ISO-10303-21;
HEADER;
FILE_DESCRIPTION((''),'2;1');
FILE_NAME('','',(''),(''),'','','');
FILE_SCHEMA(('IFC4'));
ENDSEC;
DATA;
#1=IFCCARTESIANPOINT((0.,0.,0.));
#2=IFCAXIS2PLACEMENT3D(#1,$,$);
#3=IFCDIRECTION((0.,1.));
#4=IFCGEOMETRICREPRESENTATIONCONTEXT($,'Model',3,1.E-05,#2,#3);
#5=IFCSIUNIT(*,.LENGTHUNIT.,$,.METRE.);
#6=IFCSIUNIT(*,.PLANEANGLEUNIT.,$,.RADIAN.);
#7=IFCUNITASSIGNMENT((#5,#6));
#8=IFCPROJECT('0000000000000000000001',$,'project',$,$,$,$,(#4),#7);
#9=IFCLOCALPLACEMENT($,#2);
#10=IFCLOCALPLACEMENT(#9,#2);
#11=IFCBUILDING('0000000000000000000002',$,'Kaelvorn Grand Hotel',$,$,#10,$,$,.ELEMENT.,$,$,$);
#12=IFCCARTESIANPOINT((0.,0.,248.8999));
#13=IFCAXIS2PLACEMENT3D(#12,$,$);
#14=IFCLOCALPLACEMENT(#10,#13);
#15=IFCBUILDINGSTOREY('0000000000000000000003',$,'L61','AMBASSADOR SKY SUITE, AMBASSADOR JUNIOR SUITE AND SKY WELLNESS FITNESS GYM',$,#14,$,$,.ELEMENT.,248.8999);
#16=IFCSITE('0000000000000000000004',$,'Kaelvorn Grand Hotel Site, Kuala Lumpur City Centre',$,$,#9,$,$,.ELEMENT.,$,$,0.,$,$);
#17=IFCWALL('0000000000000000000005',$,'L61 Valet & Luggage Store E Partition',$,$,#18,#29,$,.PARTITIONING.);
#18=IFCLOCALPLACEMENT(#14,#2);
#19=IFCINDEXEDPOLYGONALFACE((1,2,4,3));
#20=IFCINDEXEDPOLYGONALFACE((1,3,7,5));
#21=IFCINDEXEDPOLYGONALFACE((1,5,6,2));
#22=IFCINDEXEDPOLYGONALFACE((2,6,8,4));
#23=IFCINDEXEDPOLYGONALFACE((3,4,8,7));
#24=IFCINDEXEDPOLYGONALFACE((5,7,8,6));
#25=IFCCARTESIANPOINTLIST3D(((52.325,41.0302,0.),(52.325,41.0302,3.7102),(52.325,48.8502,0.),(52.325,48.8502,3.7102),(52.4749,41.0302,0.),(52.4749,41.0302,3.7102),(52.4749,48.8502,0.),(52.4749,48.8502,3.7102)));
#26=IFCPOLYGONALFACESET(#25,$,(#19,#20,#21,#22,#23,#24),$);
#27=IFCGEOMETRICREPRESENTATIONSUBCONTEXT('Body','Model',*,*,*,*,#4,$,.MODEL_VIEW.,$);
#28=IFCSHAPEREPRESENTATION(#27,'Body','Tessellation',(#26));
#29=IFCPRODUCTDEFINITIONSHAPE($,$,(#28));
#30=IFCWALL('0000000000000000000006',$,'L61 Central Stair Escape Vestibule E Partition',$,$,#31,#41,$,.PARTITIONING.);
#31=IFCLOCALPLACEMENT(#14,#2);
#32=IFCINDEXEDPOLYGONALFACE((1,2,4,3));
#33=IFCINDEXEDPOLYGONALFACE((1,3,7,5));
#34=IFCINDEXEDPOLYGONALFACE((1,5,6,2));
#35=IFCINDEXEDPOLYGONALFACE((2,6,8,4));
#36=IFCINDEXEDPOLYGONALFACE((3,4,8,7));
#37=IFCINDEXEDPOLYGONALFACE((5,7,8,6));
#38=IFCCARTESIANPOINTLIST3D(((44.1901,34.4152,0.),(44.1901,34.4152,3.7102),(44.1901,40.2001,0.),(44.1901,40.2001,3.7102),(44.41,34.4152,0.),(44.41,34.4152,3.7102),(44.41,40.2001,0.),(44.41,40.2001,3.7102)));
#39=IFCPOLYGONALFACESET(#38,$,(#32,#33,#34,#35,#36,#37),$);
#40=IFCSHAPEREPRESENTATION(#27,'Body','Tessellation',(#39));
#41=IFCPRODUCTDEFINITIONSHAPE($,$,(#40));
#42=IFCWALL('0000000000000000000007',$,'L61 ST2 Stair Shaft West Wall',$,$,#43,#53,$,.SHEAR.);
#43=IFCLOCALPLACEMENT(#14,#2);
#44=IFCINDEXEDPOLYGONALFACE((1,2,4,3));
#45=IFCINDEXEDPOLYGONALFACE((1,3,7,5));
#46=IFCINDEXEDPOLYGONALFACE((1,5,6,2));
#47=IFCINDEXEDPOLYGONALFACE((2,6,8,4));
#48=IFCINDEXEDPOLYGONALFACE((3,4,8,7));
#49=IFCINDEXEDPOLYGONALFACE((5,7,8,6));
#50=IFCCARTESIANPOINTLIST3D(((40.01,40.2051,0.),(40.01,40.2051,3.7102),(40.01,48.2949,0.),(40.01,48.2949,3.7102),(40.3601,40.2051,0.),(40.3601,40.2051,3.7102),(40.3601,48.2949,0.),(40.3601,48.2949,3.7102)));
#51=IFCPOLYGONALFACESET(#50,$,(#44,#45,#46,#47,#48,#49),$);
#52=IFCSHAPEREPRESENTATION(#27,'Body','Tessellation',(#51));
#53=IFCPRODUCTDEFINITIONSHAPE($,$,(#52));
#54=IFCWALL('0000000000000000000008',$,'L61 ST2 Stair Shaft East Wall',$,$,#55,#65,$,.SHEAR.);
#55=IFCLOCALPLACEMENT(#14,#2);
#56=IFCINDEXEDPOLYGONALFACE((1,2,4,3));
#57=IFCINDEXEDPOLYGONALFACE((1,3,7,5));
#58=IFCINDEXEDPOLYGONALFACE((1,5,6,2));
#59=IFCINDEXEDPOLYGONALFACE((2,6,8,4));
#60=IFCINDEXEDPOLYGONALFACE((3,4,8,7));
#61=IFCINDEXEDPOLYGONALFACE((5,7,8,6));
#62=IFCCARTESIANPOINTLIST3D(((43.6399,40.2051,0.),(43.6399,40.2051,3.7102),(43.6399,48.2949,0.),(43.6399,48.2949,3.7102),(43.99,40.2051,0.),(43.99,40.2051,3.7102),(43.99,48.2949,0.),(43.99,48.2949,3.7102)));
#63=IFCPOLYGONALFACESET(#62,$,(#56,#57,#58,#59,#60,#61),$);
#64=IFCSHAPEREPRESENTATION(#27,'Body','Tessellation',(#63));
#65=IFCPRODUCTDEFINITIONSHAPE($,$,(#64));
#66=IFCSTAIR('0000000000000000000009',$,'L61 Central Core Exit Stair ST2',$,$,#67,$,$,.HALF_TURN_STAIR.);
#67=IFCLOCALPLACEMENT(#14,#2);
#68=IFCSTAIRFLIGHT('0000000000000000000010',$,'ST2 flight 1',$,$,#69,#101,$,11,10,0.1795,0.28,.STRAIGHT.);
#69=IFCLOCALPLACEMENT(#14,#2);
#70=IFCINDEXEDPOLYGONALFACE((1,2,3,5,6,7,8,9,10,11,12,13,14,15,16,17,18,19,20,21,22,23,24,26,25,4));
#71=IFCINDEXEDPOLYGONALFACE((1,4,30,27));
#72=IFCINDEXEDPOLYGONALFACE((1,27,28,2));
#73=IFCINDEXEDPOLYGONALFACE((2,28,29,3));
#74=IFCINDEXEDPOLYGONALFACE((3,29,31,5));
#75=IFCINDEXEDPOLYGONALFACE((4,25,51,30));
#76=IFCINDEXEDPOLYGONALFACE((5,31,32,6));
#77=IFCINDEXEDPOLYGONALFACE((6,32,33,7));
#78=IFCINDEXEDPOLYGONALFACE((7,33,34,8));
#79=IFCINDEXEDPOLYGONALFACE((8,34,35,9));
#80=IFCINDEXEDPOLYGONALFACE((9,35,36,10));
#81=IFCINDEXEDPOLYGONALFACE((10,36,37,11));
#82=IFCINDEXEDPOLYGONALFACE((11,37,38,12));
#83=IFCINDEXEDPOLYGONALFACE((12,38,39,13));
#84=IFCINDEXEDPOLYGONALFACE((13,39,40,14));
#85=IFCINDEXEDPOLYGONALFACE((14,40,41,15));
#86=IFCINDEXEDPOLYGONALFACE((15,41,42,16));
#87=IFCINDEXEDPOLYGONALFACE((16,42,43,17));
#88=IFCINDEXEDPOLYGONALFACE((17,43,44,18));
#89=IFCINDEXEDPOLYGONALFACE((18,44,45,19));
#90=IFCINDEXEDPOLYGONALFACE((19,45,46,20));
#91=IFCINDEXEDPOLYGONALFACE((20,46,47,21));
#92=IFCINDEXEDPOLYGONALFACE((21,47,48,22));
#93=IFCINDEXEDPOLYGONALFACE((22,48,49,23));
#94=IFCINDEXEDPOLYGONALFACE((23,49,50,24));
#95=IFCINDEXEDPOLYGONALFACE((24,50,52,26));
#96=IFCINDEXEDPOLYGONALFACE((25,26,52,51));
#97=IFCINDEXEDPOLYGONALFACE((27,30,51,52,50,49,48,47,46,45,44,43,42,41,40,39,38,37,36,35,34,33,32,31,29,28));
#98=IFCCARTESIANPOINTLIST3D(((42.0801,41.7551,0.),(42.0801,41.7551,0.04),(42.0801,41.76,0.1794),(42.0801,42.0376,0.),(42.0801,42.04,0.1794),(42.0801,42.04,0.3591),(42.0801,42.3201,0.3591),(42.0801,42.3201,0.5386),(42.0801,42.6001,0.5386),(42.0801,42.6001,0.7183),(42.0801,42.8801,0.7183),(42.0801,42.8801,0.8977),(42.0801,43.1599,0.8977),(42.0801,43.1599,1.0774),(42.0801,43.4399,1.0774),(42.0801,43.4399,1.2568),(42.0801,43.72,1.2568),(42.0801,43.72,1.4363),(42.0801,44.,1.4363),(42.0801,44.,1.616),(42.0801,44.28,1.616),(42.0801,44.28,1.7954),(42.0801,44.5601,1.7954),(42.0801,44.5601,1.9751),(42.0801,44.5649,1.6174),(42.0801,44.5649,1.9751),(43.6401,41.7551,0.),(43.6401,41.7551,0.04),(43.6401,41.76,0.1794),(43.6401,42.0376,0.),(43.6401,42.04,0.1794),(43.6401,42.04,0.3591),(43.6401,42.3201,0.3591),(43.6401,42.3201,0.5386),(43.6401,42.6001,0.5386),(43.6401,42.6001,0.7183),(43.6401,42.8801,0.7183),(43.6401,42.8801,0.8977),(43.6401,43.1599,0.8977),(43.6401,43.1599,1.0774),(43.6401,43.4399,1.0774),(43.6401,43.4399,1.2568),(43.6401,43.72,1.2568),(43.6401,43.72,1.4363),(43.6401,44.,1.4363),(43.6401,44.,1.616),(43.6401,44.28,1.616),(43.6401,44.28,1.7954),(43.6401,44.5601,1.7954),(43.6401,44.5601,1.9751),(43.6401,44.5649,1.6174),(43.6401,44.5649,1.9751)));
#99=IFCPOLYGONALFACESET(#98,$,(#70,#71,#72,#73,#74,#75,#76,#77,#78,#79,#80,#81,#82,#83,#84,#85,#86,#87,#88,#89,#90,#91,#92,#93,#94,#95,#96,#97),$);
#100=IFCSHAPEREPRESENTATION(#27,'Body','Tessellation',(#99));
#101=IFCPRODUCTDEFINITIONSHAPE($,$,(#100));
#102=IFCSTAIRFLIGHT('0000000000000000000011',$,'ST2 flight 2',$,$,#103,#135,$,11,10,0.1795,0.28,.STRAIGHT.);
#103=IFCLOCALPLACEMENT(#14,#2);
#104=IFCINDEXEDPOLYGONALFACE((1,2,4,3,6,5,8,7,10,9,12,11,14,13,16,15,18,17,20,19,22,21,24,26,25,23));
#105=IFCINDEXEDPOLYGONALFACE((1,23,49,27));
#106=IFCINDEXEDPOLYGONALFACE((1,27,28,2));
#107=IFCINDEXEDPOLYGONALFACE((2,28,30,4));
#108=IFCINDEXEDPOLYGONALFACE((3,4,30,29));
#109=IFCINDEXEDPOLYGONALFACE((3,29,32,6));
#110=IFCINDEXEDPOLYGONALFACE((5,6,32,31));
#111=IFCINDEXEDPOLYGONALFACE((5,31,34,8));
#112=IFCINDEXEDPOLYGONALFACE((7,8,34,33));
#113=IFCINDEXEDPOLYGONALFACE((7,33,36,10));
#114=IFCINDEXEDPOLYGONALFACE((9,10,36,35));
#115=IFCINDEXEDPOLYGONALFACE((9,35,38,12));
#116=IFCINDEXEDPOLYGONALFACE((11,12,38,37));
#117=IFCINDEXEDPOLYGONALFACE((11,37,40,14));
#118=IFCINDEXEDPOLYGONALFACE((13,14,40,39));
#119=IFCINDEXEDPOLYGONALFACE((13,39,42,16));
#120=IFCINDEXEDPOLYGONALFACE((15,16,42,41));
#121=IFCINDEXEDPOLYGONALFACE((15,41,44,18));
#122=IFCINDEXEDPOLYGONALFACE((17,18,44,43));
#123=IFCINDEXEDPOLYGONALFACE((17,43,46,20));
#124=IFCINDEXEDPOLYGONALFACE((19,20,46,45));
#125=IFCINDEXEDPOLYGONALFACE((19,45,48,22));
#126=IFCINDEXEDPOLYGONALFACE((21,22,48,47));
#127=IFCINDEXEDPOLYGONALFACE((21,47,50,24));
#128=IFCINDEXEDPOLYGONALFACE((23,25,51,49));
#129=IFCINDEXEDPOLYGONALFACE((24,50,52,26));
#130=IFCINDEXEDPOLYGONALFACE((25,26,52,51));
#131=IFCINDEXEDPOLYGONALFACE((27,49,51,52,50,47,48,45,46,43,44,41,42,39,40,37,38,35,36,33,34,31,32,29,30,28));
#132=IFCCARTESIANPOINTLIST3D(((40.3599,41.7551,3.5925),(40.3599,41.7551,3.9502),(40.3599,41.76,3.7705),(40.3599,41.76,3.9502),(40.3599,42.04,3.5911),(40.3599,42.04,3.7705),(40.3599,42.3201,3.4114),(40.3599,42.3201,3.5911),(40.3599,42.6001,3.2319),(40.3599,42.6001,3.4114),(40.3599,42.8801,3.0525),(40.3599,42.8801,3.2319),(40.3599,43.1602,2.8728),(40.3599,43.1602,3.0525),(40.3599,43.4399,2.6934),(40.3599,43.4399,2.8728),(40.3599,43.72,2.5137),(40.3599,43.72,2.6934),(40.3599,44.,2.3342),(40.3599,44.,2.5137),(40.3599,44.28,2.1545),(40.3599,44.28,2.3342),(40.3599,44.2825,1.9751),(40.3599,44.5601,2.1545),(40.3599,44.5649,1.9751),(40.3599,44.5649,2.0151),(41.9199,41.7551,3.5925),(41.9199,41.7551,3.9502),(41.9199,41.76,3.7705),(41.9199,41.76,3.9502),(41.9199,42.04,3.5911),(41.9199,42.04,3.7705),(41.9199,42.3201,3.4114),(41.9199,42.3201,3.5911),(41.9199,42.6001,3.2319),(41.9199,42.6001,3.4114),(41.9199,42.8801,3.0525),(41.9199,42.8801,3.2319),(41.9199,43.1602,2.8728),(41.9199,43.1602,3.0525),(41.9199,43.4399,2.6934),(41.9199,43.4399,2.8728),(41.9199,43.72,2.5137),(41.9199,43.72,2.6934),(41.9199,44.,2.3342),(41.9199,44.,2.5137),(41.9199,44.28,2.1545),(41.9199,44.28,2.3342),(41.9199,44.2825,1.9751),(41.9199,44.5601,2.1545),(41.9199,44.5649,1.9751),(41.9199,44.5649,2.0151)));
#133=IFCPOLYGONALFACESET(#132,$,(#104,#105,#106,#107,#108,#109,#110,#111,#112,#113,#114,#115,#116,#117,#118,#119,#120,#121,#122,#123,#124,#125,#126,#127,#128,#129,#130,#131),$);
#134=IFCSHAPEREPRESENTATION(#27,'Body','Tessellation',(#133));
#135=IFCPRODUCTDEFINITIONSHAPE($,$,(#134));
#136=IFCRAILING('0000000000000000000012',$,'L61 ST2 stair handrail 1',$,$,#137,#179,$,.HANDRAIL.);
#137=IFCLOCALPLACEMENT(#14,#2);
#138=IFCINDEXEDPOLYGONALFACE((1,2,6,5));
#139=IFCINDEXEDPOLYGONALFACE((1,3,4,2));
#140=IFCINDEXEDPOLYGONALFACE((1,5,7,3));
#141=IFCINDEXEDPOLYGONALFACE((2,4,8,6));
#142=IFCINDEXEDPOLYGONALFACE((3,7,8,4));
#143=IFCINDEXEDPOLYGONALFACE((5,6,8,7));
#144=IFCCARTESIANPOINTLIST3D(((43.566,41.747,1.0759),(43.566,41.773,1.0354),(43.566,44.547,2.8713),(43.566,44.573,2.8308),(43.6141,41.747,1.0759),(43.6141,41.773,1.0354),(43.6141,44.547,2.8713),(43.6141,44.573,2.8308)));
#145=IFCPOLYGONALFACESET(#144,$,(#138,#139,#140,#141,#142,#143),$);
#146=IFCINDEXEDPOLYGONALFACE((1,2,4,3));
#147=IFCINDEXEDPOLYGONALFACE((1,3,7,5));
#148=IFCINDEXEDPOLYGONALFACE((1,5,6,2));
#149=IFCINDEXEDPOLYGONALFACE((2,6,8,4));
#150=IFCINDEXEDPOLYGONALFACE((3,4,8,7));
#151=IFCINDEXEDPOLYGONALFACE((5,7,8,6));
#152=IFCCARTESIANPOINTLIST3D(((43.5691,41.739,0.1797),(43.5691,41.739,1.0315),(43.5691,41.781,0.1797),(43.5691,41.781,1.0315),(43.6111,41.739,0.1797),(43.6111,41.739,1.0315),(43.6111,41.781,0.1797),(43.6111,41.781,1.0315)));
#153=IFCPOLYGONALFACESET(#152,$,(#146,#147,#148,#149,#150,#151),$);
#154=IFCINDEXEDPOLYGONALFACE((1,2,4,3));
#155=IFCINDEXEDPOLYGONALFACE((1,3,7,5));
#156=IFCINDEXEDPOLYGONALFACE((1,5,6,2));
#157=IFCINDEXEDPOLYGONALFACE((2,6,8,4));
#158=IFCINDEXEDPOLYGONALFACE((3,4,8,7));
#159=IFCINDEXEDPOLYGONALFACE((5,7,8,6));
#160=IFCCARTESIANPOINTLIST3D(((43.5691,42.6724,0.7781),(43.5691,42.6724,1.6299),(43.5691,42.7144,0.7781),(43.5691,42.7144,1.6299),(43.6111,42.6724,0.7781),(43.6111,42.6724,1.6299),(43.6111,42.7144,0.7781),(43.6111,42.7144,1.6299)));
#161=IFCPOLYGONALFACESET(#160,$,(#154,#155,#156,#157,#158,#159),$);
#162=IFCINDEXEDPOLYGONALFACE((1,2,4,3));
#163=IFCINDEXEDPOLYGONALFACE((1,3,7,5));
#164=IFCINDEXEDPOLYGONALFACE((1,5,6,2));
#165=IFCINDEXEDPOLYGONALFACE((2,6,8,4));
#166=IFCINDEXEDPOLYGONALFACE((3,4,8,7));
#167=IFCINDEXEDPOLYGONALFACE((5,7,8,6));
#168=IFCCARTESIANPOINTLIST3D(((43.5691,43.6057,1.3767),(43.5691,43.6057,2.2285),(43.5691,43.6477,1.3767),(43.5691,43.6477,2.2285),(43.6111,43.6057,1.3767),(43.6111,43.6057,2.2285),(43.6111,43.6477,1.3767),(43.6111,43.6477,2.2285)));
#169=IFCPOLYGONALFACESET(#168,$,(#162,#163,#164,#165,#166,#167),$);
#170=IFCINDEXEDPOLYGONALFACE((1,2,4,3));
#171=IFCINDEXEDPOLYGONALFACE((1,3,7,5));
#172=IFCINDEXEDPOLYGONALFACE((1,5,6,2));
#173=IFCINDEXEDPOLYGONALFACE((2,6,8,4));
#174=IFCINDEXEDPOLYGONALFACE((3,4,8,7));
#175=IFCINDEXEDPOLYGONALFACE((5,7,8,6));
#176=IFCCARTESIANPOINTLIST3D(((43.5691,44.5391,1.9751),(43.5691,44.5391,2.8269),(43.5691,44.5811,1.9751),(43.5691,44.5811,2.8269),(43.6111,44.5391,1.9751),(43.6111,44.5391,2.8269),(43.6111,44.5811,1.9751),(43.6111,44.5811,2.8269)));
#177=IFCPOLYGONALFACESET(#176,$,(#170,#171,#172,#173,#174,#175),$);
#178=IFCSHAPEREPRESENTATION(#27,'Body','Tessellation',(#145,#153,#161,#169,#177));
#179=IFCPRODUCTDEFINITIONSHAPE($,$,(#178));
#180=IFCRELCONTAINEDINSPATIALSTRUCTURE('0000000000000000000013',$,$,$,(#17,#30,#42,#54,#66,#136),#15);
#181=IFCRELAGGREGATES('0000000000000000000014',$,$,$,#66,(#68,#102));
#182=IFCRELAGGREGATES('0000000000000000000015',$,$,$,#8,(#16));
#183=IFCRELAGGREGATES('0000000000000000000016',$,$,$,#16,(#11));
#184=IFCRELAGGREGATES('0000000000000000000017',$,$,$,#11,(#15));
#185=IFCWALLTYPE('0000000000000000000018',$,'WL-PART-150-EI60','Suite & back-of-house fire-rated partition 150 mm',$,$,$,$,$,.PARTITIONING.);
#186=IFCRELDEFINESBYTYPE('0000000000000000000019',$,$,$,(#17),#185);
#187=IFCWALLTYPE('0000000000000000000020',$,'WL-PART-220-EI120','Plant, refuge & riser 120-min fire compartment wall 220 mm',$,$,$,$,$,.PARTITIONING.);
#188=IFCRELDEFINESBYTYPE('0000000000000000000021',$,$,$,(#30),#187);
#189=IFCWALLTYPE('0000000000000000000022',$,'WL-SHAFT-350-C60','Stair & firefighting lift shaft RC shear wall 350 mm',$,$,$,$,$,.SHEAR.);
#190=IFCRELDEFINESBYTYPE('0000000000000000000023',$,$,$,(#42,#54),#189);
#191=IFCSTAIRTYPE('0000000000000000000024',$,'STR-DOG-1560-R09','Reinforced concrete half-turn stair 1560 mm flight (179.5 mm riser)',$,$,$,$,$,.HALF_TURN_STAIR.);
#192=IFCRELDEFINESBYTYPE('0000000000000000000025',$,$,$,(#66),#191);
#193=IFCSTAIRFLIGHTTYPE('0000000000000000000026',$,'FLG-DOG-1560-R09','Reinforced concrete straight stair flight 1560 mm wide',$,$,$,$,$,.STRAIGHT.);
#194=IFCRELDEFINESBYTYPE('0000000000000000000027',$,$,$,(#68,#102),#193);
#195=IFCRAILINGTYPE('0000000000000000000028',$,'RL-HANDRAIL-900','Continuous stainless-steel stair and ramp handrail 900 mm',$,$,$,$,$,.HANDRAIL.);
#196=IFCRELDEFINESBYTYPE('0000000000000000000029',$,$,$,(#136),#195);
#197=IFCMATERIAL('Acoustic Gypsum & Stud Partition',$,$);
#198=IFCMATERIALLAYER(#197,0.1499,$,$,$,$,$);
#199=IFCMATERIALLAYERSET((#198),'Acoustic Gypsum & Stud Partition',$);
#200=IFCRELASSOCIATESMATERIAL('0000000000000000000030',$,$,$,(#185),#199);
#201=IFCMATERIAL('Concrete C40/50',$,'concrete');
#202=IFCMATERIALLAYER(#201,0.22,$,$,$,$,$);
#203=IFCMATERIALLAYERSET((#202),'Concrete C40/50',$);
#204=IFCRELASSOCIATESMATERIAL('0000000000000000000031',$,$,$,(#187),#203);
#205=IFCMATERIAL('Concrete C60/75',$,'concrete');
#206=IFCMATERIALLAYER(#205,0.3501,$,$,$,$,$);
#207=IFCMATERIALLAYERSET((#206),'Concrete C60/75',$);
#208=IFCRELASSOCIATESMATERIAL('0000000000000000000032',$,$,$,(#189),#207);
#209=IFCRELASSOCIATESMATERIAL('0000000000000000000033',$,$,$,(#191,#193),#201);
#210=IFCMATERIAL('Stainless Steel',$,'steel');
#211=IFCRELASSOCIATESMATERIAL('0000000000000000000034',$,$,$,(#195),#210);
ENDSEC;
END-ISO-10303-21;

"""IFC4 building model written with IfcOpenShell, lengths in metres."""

from ifc_helpers import new_model, si_unit, direction, frame, frame_2d, origin, origin_2d, place, context, subcontext, project, spatial, polyline, rectangle, outline, extrude, material, layer, layer_set, type_object, element, aggregate, save


model = new_model("IFC4")

# Units and contexts
model_context = context("Model", 3, precision=1e-05, world=origin(), true_north=direction((0.0, 1.0)))
body_context = subcontext(model_context, "Body", "Model", "MODEL_VIEW")
ifc_project = project(units=[si_unit("LENGTHUNIT", "METRE"), si_unit("PLANEANGLEUNIT", "RADIAN")], contexts=[model_context])

# Site, building, storey
site_placement = place(None, origin())
site = spatial("IfcSite", under=ifc_project, at=site_placement, Name="Kaelvorn Grand Hotel Site, Kuala Lumpur City Centre", CompositionType="ELEMENT", RefElevation=0.0)
building_placement = place(site_placement, origin())
building = spatial("IfcBuilding", under=site, at=building_placement, Name="Kaelvorn Grand Hotel", CompositionType="ELEMENT")
storey_placement = place(building_placement, frame((0.0, 0.0, 248.8999)))
storey = spatial("IfcBuildingStorey", under=building, at=storey_placement, Name="L61", Description="AMBASSADOR SKY SUITE, AMBASSADOR JUNIOR SUITE AND SKY WELLNESS FITNESS GYM", CompositionType="ELEMENT", Elevation=248.8999)

# Shared definitions
ifc_material_1 = material(Name="Acoustic Gypsum & Stud Partition")
ifc_layer_1 = layer(ifc_material_1, 0.1499)
ifc_layer_set_1 = layer_set([ifc_layer_1], Name="Acoustic Gypsum & Stud Partition")
wall_type_1 = type_object("IfcWallType", Name="WL-PART-150-EI60", Description="Suite & back-of-house fire-rated partition 150 mm", PredefinedType="PARTITIONING", material=ifc_layer_set_1)

# Walls
wall_1_placement = place(storey_placement, frame((52.3999, 41.03, 0.0), z_axis=(0.0, 0.0, 1.0), x_axis=(0.0, 1.0, 0.0)))
element("IfcWall", 1, at=wall_1_placement, inside=storey, type_object=wall_type_1, Name="L61 Valet & Luggage Store E Partition", PredefinedType="PARTITIONING", context=body_context, shape_type="SweptSolid", body=[
    extrude(rectangle(XDim=7.8201, YDim=0.1499, at=frame_2d((3.9102, 0.0))), origin(), (0.0, 0.0, 1.0), 3.7102),
])
ifc_material_2 = material(Name="Concrete C40/50", Category="concrete")
ifc_layer_2 = layer(ifc_material_2, 0.22)
ifc_layer_set_2 = layer_set([ifc_layer_2], Name="Concrete C40/50")
wall_type_2 = type_object("IfcWallType", Name="WL-PART-220-EI120", Description="Plant, refuge & riser 120-min fire compartment wall 220 mm", PredefinedType="PARTITIONING", material=ifc_layer_set_2)
wall_2_placement = place(storey_placement, frame((44.3, 34.415, 0.0), z_axis=(0.0, 0.0, 1.0), x_axis=(0.0, 1.0, 0.0)))
element("IfcWall", 2, at=wall_2_placement, inside=storey, type_object=wall_type_2, Name="L61 Central Stair Escape Vestibule E Partition", PredefinedType="PARTITIONING", context=body_context, shape_type="SweptSolid", body=[
    extrude(rectangle(XDim=5.7849, YDim=0.22, at=frame_2d((2.8926, 0.0))), origin(), (0.0, 0.0, 1.0), 3.7102),
])
ifc_material_3 = material(Name="Concrete C60/75", Category="concrete")
ifc_layer_3 = layer(ifc_material_3, 0.3501)
ifc_layer_set_3 = layer_set([ifc_layer_3], Name="Concrete C60/75")
wall_type_3 = type_object("IfcWallType", Name="WL-SHAFT-350-C60", Description="Stair & firefighting lift shaft RC shear wall 350 mm", PredefinedType="SHEAR", material=ifc_layer_set_3)
for number, where, z_axis, x_axis, name in (
    (3, (40.1851, 40.2051, 0.0), (0.0, 0.0, 1.0), (0.0, 1.0, 0.0), "L61 ST2 Stair Shaft West Wall"),
    (4, (43.8149, 40.2051, 0.0), (0.0, 0.0, 1.0), (0.0, 1.0, 0.0), "L61 ST2 Stair Shaft East Wall"),
):
    element("IfcWall", number, at=place(storey_placement, frame(where, z_axis=z_axis, x_axis=x_axis)), inside=storey, type_object=wall_type_3, Name=name, PredefinedType="SHEAR", context=body_context, shape_type="SweptSolid", body=[
        extrude(rectangle(XDim=8.0898, YDim=0.3501, at=frame_2d((4.0449, 0.0))), origin(), (0.0, 0.0, 1.0), 3.7102),
    ])

# Stair, stair flights
stair_type = type_object("IfcStairType", Name="STR-DOG-1560-R09", Description="Reinforced concrete half-turn stair 1560 mm flight (179.5 mm riser)", PredefinedType="HALF_TURN_STAIR", material=ifc_material_2)
stair_placement = place(storey_placement, origin())
stair = element("IfcStair", 5, at=stair_placement, inside=storey, type_object=stair_type, Name="L61 Central Core Exit Stair ST2", PredefinedType="HALF_TURN_STAIR")
stair_flight_type = type_object("IfcStairFlightType", Name="FLG-DOG-1560-R09", Description="Reinforced concrete straight stair flight 1560 mm wide", PredefinedType="STRAIGHT", material=ifc_material_2)
stair_flight_1_placement = place(storey_placement, frame((42.8601, 41.76, 0.0), z_axis=(0.0, 0.0, 1.0), x_axis=(0.0, 1.0, 0.0)))
stair_flight_1 = element("IfcStairFlight", 6, at=stair_flight_1_placement, type_object=stair_flight_type, Name="ST2 flight 1", NumberOfRisers=11, NumberOfTreads=10, PredefinedType="STRAIGHT", RiserHeight=0.1795, TreadLength=0.28, context=body_context, shape_type="SweptSolid", body=[
    extrude(outline(polyline([(-0.0049, 0.0), (-0.0049, 0.04), (0.0, 0.1794), (0.28, 0.1794), (0.28, 0.3591), (0.5601, 0.3591), (0.5601, 0.5386), (0.8401, 0.5386), (0.8401, 0.7183), (1.1201, 0.7183), (1.1201, 0.8977), (1.3999, 0.8977), (1.3999, 1.0774), (1.6799, 1.0774), (1.6799, 1.2568), (1.96, 1.2568), (1.96, 1.4363), (2.24, 1.4363), (2.24, 1.616), (2.52, 1.616), (2.52, 1.7954), (2.8, 1.7954), (2.8, 1.9751), (2.8049, 1.9751), (2.8049, 1.6174), (0.2776, 0.0), (-0.0049, 0.0)])), frame((0.0, 0.78, 0.0), z_axis=(0.0, -1.0, 0.0), x_axis=(1.0, 0.0, 0.0)), (0.0, 0.0, 1.0), 1.5601),
])
stair_flight_2_placement = place(storey_placement, frame((41.1399, 44.5601, 1.9751), z_axis=(0.0, 0.0, 1.0), x_axis=(0.0, -1.0, 0.0)))
stair_flight_2 = element("IfcStairFlight", 7, at=stair_flight_2_placement, type_object=stair_flight_type, Name="ST2 flight 2", NumberOfRisers=11, NumberOfTreads=10, PredefinedType="STRAIGHT", RiserHeight=0.1795, TreadLength=0.28, context=body_context, shape_type="SweptSolid", body=[
    extrude(outline(polyline([(-0.0049, 0.0), (-0.0049, 0.04), (0.0, 0.1794), (0.28, 0.1794), (0.28, 0.3591), (0.5601, 0.3591), (0.5601, 0.5386), (0.8401, 0.5386), (0.8401, 0.7183), (1.1201, 0.7183), (1.1201, 0.8977), (1.3999, 0.8977), (1.3999, 1.0774), (1.6799, 1.0774), (1.6799, 1.2568), (1.96, 1.2568), (1.96, 1.4363), (2.24, 1.4363), (2.24, 1.616), (2.52, 1.616), (2.52, 1.7954), (2.8, 1.7954), (2.8, 1.9751), (2.8049, 1.9751), (2.8049, 1.6174), (0.2776, 0.0), (-0.0049, 0.0)])), frame((0.0, 0.78, 0.0), z_axis=(0.0, -1.0, 0.0), x_axis=(1.0, 0.0, 0.0)), (0.0, 0.0, 1.0), 1.5601),
])
aggregate(stair, [stair_flight_1, stair_flight_2])

# Railing
ifc_material_4 = material(Name="Stainless Steel", Category="steel")
railing_type_1 = type_object("IfcRailingType", Name="RL-HANDRAIL-900", Description="Continuous stainless-steel stair and ramp handrail 900 mm", PredefinedType="HANDRAIL", material=ifc_material_4)
railing_1_placement = place(storey_placement, frame((43.5901, 41.76, 0.1797)))
element("IfcRailing", 8, at=railing_1_placement, inside=storey, type_object=railing_type_1, Name="L61 ST2 stair handrail 1", PredefinedType="HANDRAIL", context=body_context, shape_type="SweptSolid", body=[
    extrude(rectangle(XDim=0.0481, YDim=0.0481, at=origin_2d()), frame((0.0, 0.0, 0.876), z_axis=(0.0, 0.84181, 0.539774), x_axis=(-1.0, 0.0, 0.0)), (0.0, 0.0, 1.0), 3.3262),
    extrude(rectangle(XDim=0.042, YDim=0.042, at=origin_2d()), origin(), (0.0, 0.0, 1.0), 0.8518),
    extrude(rectangle(XDim=0.042, YDim=0.042, at=origin_2d()), frame((0.0, 0.9333, 0.5984)), (0.0, 0.0, 1.0), 0.8518),
    extrude(rectangle(XDim=0.042, YDim=0.042, at=origin_2d()), frame((0.0, 1.8667, 1.197)), (0.0, 0.0, 1.0), 0.8518),
    extrude(rectangle(XDim=0.042, YDim=0.042, at=origin_2d()), frame((0.0, 2.8, 1.7954)), (0.0, 0.0, 1.0), 0.8518),
])

save(model, "model.ifc")
